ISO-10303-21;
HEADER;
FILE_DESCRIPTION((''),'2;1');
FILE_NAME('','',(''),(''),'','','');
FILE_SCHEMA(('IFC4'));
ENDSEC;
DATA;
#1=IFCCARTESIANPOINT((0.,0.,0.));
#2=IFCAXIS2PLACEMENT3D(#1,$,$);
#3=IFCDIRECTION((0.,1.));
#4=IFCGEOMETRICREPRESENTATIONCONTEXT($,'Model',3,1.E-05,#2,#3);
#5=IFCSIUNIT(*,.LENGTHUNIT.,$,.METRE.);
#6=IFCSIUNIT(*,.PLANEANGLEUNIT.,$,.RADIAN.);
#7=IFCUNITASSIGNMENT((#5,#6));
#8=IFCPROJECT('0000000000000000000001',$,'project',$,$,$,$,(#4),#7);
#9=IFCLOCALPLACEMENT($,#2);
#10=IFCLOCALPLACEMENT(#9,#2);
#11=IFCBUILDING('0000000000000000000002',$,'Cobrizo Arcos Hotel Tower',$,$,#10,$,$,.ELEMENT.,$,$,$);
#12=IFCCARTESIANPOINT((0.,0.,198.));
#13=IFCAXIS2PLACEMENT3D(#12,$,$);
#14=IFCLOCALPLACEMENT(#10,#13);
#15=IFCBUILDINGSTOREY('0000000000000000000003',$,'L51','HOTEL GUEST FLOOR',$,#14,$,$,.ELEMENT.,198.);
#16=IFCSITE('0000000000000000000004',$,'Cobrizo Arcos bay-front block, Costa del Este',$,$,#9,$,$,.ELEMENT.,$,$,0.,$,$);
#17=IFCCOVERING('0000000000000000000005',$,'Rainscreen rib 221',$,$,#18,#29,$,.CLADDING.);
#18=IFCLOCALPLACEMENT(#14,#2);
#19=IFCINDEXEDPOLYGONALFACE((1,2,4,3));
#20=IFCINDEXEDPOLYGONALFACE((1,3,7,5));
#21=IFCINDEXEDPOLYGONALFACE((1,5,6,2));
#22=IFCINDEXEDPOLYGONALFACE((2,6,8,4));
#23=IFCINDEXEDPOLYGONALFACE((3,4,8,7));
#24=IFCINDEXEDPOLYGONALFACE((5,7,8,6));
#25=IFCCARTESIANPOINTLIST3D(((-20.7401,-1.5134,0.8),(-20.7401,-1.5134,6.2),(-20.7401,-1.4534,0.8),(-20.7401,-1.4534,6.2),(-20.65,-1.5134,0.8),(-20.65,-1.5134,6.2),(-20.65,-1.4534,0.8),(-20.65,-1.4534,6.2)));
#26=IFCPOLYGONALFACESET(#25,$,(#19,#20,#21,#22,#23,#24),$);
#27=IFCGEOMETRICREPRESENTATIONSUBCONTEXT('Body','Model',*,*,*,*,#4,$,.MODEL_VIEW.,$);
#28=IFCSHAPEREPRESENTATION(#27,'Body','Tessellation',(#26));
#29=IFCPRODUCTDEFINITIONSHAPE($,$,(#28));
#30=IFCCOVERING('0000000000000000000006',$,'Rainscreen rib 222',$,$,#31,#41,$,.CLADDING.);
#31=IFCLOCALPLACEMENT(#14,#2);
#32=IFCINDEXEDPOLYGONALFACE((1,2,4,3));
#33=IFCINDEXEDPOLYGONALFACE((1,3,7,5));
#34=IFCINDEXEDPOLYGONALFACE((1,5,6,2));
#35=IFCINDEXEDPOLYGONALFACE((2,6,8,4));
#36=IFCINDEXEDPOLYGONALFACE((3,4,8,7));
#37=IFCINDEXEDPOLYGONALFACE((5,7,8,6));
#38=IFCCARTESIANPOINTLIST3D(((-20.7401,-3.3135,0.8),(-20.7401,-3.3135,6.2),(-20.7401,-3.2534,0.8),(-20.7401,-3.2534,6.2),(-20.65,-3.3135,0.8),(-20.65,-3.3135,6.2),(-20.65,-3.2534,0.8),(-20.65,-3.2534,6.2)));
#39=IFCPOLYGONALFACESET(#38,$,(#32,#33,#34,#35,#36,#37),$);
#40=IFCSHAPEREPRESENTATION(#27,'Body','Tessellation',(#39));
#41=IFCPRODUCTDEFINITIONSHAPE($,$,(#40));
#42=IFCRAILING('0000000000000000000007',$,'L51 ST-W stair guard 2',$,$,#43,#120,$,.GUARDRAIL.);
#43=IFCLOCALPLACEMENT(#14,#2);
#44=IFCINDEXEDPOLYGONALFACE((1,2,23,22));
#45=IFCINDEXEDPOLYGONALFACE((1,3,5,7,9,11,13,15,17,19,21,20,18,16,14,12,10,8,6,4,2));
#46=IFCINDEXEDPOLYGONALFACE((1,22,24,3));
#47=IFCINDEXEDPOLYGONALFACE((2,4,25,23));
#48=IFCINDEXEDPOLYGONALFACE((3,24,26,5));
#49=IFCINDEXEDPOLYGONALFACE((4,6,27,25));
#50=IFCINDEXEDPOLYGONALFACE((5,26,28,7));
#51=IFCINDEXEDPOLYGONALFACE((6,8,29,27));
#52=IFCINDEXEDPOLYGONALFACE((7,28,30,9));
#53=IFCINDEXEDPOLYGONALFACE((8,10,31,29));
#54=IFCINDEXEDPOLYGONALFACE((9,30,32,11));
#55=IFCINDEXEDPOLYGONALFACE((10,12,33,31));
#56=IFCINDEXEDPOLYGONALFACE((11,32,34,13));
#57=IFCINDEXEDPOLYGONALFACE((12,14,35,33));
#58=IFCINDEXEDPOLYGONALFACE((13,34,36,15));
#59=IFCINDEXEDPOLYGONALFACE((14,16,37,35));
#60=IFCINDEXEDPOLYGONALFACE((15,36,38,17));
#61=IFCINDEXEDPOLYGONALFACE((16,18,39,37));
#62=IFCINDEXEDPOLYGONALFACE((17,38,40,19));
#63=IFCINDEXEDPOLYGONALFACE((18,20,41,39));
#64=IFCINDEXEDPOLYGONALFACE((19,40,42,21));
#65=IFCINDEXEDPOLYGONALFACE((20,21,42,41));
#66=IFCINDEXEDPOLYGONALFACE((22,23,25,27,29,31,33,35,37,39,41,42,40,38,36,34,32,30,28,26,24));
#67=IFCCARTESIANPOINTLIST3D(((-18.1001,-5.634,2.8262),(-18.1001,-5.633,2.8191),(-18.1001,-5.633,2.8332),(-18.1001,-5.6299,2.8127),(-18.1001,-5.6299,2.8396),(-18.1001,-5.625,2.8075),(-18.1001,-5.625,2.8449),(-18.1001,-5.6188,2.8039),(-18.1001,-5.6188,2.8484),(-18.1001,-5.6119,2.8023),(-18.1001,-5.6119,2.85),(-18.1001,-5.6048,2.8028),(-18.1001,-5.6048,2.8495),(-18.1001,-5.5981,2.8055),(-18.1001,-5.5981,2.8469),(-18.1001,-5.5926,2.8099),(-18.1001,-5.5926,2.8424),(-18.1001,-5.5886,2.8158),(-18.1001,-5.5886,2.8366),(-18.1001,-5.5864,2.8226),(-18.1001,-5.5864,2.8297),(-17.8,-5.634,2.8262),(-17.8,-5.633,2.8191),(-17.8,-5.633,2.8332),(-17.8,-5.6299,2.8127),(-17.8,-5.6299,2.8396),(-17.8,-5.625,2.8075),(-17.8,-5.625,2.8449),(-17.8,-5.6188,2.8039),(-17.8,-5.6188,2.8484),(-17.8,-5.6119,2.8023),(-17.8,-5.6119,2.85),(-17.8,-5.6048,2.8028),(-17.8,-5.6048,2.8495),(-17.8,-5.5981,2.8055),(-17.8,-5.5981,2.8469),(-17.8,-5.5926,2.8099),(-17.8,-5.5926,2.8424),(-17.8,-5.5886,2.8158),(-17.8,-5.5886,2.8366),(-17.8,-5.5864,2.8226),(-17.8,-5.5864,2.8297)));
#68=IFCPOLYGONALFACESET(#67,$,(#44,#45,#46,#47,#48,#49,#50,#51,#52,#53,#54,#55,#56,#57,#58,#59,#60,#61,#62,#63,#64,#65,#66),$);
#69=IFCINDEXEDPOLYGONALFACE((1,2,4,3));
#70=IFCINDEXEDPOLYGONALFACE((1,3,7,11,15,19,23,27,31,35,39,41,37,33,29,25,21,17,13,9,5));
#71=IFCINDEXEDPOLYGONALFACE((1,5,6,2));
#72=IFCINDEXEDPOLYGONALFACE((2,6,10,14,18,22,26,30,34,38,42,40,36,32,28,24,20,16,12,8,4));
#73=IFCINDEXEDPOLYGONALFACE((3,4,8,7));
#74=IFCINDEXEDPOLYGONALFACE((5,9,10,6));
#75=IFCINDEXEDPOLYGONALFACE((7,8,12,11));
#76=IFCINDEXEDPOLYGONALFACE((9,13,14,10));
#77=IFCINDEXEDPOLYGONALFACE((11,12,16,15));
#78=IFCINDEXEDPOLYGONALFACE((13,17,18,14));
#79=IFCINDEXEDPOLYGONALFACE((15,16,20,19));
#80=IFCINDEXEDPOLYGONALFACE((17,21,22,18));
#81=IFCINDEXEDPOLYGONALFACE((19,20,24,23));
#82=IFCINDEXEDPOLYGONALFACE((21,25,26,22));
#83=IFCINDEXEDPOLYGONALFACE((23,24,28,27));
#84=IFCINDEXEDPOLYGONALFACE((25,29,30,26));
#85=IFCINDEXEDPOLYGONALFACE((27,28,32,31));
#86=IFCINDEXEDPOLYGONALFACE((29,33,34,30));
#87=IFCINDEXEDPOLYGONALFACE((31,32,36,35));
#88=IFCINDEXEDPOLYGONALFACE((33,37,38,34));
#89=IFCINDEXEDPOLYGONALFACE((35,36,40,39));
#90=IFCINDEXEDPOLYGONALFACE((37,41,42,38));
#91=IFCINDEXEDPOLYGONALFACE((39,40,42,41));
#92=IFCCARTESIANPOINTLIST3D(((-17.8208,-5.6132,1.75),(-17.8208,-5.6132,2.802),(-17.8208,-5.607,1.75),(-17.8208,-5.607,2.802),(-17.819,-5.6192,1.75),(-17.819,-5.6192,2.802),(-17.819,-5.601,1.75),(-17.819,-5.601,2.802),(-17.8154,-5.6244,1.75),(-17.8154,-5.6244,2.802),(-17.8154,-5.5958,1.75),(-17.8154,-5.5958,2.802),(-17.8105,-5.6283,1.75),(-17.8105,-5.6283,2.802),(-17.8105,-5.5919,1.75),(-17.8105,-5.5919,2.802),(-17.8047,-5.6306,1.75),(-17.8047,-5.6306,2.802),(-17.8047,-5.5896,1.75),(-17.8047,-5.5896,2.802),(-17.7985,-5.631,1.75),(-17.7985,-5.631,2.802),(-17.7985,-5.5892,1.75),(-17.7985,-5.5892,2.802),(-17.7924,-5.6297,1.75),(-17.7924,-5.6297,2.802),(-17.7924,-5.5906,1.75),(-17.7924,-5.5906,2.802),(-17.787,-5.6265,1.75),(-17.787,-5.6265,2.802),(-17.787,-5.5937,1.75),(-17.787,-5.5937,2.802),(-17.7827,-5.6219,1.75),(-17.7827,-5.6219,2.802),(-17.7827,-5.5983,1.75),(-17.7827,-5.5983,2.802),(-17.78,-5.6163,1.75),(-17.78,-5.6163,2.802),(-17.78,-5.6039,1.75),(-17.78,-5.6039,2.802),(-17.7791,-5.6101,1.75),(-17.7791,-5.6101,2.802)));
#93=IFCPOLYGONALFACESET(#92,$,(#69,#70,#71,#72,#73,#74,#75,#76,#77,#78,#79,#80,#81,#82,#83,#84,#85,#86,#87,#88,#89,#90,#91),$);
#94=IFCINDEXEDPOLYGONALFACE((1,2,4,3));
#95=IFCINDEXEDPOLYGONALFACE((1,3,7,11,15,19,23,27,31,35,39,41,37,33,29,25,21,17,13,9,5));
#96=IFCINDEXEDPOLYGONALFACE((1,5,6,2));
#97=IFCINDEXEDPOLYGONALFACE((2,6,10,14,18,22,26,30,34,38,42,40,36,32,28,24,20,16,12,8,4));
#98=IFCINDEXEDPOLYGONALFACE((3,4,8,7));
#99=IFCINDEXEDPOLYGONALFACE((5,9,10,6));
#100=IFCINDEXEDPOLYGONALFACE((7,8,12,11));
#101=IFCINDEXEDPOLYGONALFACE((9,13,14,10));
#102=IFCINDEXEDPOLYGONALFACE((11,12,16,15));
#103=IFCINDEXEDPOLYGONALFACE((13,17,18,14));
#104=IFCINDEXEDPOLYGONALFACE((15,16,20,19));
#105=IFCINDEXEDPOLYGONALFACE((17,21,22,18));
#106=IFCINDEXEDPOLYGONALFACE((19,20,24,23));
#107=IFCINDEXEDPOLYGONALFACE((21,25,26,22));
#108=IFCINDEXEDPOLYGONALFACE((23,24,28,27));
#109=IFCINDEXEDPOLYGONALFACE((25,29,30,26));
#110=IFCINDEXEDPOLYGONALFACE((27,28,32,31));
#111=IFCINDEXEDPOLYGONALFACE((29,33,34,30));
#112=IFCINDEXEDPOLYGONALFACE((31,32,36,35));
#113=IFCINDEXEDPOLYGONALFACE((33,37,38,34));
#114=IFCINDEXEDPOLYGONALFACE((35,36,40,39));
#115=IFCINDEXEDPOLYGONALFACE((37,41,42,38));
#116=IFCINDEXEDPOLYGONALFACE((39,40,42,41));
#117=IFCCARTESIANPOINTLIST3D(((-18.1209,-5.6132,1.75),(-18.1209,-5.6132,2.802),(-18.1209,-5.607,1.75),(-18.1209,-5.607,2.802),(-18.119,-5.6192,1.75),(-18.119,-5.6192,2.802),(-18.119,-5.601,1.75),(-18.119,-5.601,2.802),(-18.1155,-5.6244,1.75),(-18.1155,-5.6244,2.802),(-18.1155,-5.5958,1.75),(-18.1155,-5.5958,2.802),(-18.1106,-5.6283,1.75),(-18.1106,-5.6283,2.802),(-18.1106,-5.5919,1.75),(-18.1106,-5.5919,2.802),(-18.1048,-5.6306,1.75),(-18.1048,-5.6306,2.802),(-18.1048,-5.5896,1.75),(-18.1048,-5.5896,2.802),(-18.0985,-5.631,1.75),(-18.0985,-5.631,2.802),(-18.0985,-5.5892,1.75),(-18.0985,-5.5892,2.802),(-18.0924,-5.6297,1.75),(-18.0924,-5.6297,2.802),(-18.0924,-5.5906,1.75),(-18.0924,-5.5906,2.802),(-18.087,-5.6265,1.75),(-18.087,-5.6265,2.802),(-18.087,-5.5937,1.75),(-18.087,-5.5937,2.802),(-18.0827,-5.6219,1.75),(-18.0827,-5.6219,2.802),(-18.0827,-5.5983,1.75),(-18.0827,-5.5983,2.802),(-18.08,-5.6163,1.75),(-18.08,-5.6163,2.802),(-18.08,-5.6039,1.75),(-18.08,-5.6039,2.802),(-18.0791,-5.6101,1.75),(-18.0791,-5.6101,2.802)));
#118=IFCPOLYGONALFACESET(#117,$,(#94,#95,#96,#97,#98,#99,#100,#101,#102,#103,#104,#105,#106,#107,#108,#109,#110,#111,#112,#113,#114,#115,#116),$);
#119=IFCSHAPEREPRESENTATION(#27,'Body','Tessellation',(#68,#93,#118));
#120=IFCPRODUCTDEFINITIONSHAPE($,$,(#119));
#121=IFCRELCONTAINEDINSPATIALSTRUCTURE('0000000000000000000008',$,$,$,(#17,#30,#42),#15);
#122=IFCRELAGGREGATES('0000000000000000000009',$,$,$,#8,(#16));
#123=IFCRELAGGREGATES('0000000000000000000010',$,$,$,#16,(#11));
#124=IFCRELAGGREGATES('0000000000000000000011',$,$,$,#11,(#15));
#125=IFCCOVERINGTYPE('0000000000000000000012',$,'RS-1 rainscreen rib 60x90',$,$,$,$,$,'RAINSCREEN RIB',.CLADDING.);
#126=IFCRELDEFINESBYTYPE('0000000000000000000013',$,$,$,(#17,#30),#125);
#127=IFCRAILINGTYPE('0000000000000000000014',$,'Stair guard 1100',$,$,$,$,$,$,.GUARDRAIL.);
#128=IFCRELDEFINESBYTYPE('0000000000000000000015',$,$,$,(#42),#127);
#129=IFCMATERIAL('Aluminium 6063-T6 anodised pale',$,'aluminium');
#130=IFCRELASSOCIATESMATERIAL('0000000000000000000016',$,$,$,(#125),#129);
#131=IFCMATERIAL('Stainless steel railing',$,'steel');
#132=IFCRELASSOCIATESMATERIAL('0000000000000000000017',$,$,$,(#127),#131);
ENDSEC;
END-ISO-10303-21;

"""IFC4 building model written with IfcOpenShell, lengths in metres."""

from ifc_helpers import new_model, si_unit, direction, frame, origin, origin_2d, place, context, subcontext, project, spatial, rectangle, circle, extrude, material, type_object, element, save


model = new_model("IFC4")

# Units and contexts
model_context = context("Model", 3, precision=1e-05, world=origin(), true_north=direction((0.0, 1.0)))
body_context = subcontext(model_context, "Body", "Model", "MODEL_VIEW")
ifc_project = project(units=[si_unit("LENGTHUNIT", "METRE"), si_unit("PLANEANGLEUNIT", "RADIAN")], contexts=[model_context])

# Site, building, storey
site_placement = place(None, origin())
site = spatial("IfcSite", under=ifc_project, at=site_placement, Name="Cobrizo Arcos bay-front block, Costa del Este", CompositionType="ELEMENT", RefElevation=0.0)
building_placement = place(site_placement, origin())
building = spatial("IfcBuilding", under=site, at=building_placement, Name="Cobrizo Arcos Hotel Tower", CompositionType="ELEMENT")
storey_placement = place(building_placement, frame((0.0, 0.0, 198.0)))
storey = spatial("IfcBuildingStorey", under=building, at=storey_placement, Name="L51", Description="HOTEL GUEST FLOOR", CompositionType="ELEMENT", Elevation=198.0)

# Coverings
ifc_material_1 = material(Name="Aluminium 6063-T6 anodised pale", Category="aluminium")
covering_type_1 = type_object("IfcCoveringType", Name="RS-1 rainscreen rib 60x90", ElementType="RAINSCREEN RIB", PredefinedType="CLADDING", material=ifc_material_1)
for number, where, z_axis, x_axis, name in (
    (1, (-20.6951, -1.4834, 0.8), (0.0, 0.0, 1.0), (0.0, -1.0, 0.0), "Rainscreen rib 221"),
    (2, (-20.6951, -3.2834, 0.8), (0.0, 0.0, 1.0), (0.0, -1.0, 0.0), "Rainscreen rib 222"),
):
    element("IfcCovering", number, at=place(storey_placement, frame(where, z_axis=z_axis, x_axis=x_axis)), inside=storey, type_object=covering_type_1, Name=name, PredefinedType="CLADDING", context=body_context, shape_type="SweptSolid", body=[
        extrude(rectangle(XDim=0.0601, YDim=0.0901, at=origin_2d()), origin(), (0.0, 0.0, 1.0), 5.3999),
    ])

# Railing
ifc_material_2 = material(Name="Stainless steel railing", Category="steel")
railing_type_1 = type_object("IfcRailingType", Name="Stair guard 1100", PredefinedType="GUARDRAIL", material=ifc_material_2)
railing_1_placement = place(storey_placement, frame((-17.8, -5.6101, 1.75)))
element("IfcRailing", 3, at=railing_1_placement, inside=storey, type_object=railing_type_1, Name="L51 ST-W stair guard 2", PredefinedType="GUARDRAIL", context=body_context, shape_type="SweptSolid", body=[
    extrude(circle(Radius=0.0239, at=origin_2d()), frame((0.0, 0.0, 1.0762), z_axis=(-1.0, 0.0, 0.0), x_axis=(0.0, -1.0, 0.0)), (0.0, 0.0, 1.0), 0.3),
    extrude(circle(Radius=0.021, at=origin_2d()), origin(), (0.0, 0.0, 1.0), 1.052),
    extrude(circle(Radius=0.021, at=origin_2d()), frame((-0.3, 0.0, 0.0)), (0.0, 0.0, 1.0), 1.052),
])

save(model, "model.ifc")
